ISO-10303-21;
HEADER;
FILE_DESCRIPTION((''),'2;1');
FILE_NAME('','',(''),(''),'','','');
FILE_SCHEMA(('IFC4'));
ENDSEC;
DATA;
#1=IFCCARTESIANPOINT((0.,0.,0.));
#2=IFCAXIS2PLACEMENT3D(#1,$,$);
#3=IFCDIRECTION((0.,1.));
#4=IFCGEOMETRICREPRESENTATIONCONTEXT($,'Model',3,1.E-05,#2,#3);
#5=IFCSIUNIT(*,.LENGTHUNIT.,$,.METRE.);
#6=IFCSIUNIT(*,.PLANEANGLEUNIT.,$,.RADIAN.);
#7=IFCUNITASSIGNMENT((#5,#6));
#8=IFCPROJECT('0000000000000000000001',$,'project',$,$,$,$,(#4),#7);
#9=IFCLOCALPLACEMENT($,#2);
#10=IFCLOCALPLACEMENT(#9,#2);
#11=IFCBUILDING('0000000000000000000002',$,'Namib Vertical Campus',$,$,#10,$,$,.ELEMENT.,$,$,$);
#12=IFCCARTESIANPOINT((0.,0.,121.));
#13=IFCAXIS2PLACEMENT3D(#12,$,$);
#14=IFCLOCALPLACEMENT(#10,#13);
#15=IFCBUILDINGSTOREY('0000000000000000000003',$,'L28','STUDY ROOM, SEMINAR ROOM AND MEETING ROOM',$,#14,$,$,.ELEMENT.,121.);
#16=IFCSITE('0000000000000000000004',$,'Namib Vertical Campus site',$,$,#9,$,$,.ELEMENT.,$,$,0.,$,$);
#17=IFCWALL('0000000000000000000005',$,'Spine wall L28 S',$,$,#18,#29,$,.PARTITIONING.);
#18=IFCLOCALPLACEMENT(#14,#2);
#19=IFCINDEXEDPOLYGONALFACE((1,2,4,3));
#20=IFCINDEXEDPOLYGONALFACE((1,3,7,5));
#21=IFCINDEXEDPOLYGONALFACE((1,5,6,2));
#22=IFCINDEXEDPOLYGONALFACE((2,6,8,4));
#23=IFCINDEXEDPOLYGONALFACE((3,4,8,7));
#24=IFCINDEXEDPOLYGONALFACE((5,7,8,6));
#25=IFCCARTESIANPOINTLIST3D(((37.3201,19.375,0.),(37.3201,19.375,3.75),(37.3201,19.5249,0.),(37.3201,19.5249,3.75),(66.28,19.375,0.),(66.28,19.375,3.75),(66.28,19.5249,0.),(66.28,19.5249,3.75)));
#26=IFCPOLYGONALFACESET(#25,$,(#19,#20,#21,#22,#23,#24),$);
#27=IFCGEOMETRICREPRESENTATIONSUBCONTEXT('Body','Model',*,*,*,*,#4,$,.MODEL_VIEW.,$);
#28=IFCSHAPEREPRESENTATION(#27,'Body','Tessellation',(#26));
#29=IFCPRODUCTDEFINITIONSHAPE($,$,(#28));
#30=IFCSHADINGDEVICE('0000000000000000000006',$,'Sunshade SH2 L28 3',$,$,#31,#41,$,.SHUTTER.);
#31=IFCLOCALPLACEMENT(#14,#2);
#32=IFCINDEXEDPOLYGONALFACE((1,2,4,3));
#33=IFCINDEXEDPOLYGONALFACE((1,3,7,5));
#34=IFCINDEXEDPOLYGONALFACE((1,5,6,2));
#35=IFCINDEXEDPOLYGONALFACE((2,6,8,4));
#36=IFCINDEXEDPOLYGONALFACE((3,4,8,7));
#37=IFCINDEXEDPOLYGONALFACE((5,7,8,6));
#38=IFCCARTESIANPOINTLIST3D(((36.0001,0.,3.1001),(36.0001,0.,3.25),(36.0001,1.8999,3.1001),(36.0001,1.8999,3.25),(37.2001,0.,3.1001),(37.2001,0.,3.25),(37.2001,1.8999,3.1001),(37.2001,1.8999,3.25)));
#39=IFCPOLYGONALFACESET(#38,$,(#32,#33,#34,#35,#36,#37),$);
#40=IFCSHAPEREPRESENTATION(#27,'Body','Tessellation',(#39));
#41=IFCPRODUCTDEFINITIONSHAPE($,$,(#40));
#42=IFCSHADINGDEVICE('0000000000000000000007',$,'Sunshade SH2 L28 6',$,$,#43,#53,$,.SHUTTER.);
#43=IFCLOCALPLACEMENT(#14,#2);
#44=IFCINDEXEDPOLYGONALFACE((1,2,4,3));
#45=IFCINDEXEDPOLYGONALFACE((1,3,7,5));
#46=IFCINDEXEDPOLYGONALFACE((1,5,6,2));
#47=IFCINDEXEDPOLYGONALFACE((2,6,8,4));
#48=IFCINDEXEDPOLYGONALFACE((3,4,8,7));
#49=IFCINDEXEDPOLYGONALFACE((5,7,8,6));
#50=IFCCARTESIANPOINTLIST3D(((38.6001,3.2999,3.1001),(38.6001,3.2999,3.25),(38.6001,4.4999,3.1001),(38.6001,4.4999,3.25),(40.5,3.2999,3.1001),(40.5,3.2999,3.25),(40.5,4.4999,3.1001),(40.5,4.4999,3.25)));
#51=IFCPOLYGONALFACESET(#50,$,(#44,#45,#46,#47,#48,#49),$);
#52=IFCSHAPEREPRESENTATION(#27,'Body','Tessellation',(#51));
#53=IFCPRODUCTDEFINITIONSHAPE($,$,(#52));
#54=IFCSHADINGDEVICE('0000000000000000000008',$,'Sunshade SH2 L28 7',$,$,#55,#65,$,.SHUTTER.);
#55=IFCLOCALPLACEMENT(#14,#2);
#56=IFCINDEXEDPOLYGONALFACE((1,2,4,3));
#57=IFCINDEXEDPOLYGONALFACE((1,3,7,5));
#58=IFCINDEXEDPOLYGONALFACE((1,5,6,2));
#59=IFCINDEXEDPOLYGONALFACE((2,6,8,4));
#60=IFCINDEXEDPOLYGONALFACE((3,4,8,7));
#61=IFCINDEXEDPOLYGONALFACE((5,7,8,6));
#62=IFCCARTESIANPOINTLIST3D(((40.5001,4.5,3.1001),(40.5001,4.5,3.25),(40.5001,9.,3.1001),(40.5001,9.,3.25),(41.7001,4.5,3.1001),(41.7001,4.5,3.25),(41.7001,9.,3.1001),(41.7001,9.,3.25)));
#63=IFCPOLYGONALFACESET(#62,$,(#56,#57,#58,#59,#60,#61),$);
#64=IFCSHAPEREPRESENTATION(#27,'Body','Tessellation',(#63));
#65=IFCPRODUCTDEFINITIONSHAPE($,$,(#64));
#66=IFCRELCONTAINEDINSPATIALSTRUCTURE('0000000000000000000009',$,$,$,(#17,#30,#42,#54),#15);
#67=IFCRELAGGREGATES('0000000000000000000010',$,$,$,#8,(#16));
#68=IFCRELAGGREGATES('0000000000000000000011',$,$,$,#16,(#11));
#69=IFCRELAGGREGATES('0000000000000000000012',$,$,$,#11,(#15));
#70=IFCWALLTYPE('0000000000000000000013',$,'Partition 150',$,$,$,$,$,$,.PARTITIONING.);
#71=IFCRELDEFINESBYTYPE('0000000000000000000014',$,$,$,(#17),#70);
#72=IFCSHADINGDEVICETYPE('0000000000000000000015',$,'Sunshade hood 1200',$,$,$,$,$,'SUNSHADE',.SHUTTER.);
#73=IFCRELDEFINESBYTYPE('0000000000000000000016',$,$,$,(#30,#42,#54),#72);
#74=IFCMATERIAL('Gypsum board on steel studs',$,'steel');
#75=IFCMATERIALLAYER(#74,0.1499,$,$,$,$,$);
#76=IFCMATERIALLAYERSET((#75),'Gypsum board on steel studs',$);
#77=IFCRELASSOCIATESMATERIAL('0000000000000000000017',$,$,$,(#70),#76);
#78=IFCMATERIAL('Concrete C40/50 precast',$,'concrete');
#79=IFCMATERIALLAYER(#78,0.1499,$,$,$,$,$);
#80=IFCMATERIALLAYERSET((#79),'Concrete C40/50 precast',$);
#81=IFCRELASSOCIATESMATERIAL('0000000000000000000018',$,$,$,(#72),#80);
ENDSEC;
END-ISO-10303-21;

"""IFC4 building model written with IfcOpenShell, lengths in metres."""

from ifc_helpers import new_model, si_unit, direction, frame, frame_2d, origin, origin_2d, place, context, subcontext, project, spatial, rectangle, extrude, material, layer, layer_set, type_object, element, save


model = new_model("IFC4")

# Units and contexts
model_context = context("Model", 3, precision=1e-05, world=origin(), true_north=direction((0.0, 1.0)))
body_context = subcontext(model_context, "Body", "Model", "MODEL_VIEW")
ifc_project = project(units=[si_unit("LENGTHUNIT", "METRE"), si_unit("PLANEANGLEUNIT", "RADIAN")], contexts=[model_context])

# Site, building, storey
site_placement = place(None, origin())
site = spatial("IfcSite", under=ifc_project, at=site_placement, Name="Namib Vertical Campus site", CompositionType="ELEMENT", RefElevation=0.0)
building_placement = place(site_placement, origin())
building = spatial("IfcBuilding", under=site, at=building_placement, Name="Namib Vertical Campus", CompositionType="ELEMENT")
storey_placement = place(building_placement, frame((0.0, 0.0, 121.0)))
storey = spatial("IfcBuildingStorey", under=building, at=storey_placement, Name="L28", Description="STUDY ROOM, SEMINAR ROOM AND MEETING ROOM", CompositionType="ELEMENT", Elevation=121.0)

# Wall
ifc_material_1 = material(Name="Gypsum board on steel studs", Category="steel")
ifc_layer_1 = layer(ifc_material_1, 0.1499)
ifc_layer_set_1 = layer_set([ifc_layer_1], Name="Gypsum board on steel studs")
wall_type_1 = type_object("IfcWallType", Name="Partition 150", PredefinedType="PARTITIONING", material=ifc_layer_set_1)
wall_1_placement = place(storey_placement, frame((37.3201, 19.45, 0.0), z_axis=(0.0, 0.0, 1.0), x_axis=(1.0, 0.0, 0.0)))
element("IfcWall", 1, at=wall_1_placement, inside=storey, type_object=wall_type_1, Name="Spine wall L28 S", PredefinedType="PARTITIONING", context=body_context, shape_type="SweptSolid", body=[
    extrude(rectangle(XDim=28.96, YDim=0.1499, at=frame_2d((14.48, 0.0))), origin(), (0.0, 0.0, 1.0), 3.75),
])

# Shading devices
ifc_material_2 = material(Name="Concrete C40/50 precast", Category="concrete")
ifc_layer_2 = layer(ifc_material_2, 0.1499)
ifc_layer_set_2 = layer_set([ifc_layer_2], Name="Concrete C40/50 precast")
shading_device_type = type_object("IfcShadingDeviceType", Name="Sunshade hood 1200", ElementType="SUNSHADE", PredefinedType="SHUTTER", material=ifc_layer_set_2)
for number, where, z_axis, x_axis, name in (
    (2, (36.6001, 0.95, 3.1001), (0.0, 0.0, 1.0), (0.0, 1.0, 0.0), "Sunshade SH2 L28 3"),
    (3, (39.55, 3.8999, 3.1001), (0.0, 0.0, 1.0), (1.0, 0.0, 0.0), "Sunshade SH2 L28 6"),
):
    element("IfcShadingDevice", number, at=place(storey_placement, frame(where, z_axis=z_axis, x_axis=x_axis)), inside=storey, type_object=shading_device_type, Name=name, PredefinedType="SHUTTER", context=body_context, shape_type="SweptSolid", body=[
        extrude(rectangle(XDim=1.8999, YDim=1.2, at=origin_2d()), origin(), (0.0, 0.0, 1.0), 0.1499),
    ])
shading_device_placement = place(storey_placement, frame((41.1001, 6.75, 3.1001), z_axis=(0.0, 0.0, 1.0), x_axis=(0.0, 1.0, 0.0)))
element("IfcShadingDevice", 4, at=shading_device_placement, inside=storey, type_object=shading_device_type, Name="Sunshade SH2 L28 7", PredefinedType="SHUTTER", context=body_context, shape_type="SweptSolid", body=[
    extrude(rectangle(XDim=4.5, YDim=1.2, at=origin_2d()), origin(), (0.0, 0.0, 1.0), 0.1499),
])

save(model, "model.ifc")
